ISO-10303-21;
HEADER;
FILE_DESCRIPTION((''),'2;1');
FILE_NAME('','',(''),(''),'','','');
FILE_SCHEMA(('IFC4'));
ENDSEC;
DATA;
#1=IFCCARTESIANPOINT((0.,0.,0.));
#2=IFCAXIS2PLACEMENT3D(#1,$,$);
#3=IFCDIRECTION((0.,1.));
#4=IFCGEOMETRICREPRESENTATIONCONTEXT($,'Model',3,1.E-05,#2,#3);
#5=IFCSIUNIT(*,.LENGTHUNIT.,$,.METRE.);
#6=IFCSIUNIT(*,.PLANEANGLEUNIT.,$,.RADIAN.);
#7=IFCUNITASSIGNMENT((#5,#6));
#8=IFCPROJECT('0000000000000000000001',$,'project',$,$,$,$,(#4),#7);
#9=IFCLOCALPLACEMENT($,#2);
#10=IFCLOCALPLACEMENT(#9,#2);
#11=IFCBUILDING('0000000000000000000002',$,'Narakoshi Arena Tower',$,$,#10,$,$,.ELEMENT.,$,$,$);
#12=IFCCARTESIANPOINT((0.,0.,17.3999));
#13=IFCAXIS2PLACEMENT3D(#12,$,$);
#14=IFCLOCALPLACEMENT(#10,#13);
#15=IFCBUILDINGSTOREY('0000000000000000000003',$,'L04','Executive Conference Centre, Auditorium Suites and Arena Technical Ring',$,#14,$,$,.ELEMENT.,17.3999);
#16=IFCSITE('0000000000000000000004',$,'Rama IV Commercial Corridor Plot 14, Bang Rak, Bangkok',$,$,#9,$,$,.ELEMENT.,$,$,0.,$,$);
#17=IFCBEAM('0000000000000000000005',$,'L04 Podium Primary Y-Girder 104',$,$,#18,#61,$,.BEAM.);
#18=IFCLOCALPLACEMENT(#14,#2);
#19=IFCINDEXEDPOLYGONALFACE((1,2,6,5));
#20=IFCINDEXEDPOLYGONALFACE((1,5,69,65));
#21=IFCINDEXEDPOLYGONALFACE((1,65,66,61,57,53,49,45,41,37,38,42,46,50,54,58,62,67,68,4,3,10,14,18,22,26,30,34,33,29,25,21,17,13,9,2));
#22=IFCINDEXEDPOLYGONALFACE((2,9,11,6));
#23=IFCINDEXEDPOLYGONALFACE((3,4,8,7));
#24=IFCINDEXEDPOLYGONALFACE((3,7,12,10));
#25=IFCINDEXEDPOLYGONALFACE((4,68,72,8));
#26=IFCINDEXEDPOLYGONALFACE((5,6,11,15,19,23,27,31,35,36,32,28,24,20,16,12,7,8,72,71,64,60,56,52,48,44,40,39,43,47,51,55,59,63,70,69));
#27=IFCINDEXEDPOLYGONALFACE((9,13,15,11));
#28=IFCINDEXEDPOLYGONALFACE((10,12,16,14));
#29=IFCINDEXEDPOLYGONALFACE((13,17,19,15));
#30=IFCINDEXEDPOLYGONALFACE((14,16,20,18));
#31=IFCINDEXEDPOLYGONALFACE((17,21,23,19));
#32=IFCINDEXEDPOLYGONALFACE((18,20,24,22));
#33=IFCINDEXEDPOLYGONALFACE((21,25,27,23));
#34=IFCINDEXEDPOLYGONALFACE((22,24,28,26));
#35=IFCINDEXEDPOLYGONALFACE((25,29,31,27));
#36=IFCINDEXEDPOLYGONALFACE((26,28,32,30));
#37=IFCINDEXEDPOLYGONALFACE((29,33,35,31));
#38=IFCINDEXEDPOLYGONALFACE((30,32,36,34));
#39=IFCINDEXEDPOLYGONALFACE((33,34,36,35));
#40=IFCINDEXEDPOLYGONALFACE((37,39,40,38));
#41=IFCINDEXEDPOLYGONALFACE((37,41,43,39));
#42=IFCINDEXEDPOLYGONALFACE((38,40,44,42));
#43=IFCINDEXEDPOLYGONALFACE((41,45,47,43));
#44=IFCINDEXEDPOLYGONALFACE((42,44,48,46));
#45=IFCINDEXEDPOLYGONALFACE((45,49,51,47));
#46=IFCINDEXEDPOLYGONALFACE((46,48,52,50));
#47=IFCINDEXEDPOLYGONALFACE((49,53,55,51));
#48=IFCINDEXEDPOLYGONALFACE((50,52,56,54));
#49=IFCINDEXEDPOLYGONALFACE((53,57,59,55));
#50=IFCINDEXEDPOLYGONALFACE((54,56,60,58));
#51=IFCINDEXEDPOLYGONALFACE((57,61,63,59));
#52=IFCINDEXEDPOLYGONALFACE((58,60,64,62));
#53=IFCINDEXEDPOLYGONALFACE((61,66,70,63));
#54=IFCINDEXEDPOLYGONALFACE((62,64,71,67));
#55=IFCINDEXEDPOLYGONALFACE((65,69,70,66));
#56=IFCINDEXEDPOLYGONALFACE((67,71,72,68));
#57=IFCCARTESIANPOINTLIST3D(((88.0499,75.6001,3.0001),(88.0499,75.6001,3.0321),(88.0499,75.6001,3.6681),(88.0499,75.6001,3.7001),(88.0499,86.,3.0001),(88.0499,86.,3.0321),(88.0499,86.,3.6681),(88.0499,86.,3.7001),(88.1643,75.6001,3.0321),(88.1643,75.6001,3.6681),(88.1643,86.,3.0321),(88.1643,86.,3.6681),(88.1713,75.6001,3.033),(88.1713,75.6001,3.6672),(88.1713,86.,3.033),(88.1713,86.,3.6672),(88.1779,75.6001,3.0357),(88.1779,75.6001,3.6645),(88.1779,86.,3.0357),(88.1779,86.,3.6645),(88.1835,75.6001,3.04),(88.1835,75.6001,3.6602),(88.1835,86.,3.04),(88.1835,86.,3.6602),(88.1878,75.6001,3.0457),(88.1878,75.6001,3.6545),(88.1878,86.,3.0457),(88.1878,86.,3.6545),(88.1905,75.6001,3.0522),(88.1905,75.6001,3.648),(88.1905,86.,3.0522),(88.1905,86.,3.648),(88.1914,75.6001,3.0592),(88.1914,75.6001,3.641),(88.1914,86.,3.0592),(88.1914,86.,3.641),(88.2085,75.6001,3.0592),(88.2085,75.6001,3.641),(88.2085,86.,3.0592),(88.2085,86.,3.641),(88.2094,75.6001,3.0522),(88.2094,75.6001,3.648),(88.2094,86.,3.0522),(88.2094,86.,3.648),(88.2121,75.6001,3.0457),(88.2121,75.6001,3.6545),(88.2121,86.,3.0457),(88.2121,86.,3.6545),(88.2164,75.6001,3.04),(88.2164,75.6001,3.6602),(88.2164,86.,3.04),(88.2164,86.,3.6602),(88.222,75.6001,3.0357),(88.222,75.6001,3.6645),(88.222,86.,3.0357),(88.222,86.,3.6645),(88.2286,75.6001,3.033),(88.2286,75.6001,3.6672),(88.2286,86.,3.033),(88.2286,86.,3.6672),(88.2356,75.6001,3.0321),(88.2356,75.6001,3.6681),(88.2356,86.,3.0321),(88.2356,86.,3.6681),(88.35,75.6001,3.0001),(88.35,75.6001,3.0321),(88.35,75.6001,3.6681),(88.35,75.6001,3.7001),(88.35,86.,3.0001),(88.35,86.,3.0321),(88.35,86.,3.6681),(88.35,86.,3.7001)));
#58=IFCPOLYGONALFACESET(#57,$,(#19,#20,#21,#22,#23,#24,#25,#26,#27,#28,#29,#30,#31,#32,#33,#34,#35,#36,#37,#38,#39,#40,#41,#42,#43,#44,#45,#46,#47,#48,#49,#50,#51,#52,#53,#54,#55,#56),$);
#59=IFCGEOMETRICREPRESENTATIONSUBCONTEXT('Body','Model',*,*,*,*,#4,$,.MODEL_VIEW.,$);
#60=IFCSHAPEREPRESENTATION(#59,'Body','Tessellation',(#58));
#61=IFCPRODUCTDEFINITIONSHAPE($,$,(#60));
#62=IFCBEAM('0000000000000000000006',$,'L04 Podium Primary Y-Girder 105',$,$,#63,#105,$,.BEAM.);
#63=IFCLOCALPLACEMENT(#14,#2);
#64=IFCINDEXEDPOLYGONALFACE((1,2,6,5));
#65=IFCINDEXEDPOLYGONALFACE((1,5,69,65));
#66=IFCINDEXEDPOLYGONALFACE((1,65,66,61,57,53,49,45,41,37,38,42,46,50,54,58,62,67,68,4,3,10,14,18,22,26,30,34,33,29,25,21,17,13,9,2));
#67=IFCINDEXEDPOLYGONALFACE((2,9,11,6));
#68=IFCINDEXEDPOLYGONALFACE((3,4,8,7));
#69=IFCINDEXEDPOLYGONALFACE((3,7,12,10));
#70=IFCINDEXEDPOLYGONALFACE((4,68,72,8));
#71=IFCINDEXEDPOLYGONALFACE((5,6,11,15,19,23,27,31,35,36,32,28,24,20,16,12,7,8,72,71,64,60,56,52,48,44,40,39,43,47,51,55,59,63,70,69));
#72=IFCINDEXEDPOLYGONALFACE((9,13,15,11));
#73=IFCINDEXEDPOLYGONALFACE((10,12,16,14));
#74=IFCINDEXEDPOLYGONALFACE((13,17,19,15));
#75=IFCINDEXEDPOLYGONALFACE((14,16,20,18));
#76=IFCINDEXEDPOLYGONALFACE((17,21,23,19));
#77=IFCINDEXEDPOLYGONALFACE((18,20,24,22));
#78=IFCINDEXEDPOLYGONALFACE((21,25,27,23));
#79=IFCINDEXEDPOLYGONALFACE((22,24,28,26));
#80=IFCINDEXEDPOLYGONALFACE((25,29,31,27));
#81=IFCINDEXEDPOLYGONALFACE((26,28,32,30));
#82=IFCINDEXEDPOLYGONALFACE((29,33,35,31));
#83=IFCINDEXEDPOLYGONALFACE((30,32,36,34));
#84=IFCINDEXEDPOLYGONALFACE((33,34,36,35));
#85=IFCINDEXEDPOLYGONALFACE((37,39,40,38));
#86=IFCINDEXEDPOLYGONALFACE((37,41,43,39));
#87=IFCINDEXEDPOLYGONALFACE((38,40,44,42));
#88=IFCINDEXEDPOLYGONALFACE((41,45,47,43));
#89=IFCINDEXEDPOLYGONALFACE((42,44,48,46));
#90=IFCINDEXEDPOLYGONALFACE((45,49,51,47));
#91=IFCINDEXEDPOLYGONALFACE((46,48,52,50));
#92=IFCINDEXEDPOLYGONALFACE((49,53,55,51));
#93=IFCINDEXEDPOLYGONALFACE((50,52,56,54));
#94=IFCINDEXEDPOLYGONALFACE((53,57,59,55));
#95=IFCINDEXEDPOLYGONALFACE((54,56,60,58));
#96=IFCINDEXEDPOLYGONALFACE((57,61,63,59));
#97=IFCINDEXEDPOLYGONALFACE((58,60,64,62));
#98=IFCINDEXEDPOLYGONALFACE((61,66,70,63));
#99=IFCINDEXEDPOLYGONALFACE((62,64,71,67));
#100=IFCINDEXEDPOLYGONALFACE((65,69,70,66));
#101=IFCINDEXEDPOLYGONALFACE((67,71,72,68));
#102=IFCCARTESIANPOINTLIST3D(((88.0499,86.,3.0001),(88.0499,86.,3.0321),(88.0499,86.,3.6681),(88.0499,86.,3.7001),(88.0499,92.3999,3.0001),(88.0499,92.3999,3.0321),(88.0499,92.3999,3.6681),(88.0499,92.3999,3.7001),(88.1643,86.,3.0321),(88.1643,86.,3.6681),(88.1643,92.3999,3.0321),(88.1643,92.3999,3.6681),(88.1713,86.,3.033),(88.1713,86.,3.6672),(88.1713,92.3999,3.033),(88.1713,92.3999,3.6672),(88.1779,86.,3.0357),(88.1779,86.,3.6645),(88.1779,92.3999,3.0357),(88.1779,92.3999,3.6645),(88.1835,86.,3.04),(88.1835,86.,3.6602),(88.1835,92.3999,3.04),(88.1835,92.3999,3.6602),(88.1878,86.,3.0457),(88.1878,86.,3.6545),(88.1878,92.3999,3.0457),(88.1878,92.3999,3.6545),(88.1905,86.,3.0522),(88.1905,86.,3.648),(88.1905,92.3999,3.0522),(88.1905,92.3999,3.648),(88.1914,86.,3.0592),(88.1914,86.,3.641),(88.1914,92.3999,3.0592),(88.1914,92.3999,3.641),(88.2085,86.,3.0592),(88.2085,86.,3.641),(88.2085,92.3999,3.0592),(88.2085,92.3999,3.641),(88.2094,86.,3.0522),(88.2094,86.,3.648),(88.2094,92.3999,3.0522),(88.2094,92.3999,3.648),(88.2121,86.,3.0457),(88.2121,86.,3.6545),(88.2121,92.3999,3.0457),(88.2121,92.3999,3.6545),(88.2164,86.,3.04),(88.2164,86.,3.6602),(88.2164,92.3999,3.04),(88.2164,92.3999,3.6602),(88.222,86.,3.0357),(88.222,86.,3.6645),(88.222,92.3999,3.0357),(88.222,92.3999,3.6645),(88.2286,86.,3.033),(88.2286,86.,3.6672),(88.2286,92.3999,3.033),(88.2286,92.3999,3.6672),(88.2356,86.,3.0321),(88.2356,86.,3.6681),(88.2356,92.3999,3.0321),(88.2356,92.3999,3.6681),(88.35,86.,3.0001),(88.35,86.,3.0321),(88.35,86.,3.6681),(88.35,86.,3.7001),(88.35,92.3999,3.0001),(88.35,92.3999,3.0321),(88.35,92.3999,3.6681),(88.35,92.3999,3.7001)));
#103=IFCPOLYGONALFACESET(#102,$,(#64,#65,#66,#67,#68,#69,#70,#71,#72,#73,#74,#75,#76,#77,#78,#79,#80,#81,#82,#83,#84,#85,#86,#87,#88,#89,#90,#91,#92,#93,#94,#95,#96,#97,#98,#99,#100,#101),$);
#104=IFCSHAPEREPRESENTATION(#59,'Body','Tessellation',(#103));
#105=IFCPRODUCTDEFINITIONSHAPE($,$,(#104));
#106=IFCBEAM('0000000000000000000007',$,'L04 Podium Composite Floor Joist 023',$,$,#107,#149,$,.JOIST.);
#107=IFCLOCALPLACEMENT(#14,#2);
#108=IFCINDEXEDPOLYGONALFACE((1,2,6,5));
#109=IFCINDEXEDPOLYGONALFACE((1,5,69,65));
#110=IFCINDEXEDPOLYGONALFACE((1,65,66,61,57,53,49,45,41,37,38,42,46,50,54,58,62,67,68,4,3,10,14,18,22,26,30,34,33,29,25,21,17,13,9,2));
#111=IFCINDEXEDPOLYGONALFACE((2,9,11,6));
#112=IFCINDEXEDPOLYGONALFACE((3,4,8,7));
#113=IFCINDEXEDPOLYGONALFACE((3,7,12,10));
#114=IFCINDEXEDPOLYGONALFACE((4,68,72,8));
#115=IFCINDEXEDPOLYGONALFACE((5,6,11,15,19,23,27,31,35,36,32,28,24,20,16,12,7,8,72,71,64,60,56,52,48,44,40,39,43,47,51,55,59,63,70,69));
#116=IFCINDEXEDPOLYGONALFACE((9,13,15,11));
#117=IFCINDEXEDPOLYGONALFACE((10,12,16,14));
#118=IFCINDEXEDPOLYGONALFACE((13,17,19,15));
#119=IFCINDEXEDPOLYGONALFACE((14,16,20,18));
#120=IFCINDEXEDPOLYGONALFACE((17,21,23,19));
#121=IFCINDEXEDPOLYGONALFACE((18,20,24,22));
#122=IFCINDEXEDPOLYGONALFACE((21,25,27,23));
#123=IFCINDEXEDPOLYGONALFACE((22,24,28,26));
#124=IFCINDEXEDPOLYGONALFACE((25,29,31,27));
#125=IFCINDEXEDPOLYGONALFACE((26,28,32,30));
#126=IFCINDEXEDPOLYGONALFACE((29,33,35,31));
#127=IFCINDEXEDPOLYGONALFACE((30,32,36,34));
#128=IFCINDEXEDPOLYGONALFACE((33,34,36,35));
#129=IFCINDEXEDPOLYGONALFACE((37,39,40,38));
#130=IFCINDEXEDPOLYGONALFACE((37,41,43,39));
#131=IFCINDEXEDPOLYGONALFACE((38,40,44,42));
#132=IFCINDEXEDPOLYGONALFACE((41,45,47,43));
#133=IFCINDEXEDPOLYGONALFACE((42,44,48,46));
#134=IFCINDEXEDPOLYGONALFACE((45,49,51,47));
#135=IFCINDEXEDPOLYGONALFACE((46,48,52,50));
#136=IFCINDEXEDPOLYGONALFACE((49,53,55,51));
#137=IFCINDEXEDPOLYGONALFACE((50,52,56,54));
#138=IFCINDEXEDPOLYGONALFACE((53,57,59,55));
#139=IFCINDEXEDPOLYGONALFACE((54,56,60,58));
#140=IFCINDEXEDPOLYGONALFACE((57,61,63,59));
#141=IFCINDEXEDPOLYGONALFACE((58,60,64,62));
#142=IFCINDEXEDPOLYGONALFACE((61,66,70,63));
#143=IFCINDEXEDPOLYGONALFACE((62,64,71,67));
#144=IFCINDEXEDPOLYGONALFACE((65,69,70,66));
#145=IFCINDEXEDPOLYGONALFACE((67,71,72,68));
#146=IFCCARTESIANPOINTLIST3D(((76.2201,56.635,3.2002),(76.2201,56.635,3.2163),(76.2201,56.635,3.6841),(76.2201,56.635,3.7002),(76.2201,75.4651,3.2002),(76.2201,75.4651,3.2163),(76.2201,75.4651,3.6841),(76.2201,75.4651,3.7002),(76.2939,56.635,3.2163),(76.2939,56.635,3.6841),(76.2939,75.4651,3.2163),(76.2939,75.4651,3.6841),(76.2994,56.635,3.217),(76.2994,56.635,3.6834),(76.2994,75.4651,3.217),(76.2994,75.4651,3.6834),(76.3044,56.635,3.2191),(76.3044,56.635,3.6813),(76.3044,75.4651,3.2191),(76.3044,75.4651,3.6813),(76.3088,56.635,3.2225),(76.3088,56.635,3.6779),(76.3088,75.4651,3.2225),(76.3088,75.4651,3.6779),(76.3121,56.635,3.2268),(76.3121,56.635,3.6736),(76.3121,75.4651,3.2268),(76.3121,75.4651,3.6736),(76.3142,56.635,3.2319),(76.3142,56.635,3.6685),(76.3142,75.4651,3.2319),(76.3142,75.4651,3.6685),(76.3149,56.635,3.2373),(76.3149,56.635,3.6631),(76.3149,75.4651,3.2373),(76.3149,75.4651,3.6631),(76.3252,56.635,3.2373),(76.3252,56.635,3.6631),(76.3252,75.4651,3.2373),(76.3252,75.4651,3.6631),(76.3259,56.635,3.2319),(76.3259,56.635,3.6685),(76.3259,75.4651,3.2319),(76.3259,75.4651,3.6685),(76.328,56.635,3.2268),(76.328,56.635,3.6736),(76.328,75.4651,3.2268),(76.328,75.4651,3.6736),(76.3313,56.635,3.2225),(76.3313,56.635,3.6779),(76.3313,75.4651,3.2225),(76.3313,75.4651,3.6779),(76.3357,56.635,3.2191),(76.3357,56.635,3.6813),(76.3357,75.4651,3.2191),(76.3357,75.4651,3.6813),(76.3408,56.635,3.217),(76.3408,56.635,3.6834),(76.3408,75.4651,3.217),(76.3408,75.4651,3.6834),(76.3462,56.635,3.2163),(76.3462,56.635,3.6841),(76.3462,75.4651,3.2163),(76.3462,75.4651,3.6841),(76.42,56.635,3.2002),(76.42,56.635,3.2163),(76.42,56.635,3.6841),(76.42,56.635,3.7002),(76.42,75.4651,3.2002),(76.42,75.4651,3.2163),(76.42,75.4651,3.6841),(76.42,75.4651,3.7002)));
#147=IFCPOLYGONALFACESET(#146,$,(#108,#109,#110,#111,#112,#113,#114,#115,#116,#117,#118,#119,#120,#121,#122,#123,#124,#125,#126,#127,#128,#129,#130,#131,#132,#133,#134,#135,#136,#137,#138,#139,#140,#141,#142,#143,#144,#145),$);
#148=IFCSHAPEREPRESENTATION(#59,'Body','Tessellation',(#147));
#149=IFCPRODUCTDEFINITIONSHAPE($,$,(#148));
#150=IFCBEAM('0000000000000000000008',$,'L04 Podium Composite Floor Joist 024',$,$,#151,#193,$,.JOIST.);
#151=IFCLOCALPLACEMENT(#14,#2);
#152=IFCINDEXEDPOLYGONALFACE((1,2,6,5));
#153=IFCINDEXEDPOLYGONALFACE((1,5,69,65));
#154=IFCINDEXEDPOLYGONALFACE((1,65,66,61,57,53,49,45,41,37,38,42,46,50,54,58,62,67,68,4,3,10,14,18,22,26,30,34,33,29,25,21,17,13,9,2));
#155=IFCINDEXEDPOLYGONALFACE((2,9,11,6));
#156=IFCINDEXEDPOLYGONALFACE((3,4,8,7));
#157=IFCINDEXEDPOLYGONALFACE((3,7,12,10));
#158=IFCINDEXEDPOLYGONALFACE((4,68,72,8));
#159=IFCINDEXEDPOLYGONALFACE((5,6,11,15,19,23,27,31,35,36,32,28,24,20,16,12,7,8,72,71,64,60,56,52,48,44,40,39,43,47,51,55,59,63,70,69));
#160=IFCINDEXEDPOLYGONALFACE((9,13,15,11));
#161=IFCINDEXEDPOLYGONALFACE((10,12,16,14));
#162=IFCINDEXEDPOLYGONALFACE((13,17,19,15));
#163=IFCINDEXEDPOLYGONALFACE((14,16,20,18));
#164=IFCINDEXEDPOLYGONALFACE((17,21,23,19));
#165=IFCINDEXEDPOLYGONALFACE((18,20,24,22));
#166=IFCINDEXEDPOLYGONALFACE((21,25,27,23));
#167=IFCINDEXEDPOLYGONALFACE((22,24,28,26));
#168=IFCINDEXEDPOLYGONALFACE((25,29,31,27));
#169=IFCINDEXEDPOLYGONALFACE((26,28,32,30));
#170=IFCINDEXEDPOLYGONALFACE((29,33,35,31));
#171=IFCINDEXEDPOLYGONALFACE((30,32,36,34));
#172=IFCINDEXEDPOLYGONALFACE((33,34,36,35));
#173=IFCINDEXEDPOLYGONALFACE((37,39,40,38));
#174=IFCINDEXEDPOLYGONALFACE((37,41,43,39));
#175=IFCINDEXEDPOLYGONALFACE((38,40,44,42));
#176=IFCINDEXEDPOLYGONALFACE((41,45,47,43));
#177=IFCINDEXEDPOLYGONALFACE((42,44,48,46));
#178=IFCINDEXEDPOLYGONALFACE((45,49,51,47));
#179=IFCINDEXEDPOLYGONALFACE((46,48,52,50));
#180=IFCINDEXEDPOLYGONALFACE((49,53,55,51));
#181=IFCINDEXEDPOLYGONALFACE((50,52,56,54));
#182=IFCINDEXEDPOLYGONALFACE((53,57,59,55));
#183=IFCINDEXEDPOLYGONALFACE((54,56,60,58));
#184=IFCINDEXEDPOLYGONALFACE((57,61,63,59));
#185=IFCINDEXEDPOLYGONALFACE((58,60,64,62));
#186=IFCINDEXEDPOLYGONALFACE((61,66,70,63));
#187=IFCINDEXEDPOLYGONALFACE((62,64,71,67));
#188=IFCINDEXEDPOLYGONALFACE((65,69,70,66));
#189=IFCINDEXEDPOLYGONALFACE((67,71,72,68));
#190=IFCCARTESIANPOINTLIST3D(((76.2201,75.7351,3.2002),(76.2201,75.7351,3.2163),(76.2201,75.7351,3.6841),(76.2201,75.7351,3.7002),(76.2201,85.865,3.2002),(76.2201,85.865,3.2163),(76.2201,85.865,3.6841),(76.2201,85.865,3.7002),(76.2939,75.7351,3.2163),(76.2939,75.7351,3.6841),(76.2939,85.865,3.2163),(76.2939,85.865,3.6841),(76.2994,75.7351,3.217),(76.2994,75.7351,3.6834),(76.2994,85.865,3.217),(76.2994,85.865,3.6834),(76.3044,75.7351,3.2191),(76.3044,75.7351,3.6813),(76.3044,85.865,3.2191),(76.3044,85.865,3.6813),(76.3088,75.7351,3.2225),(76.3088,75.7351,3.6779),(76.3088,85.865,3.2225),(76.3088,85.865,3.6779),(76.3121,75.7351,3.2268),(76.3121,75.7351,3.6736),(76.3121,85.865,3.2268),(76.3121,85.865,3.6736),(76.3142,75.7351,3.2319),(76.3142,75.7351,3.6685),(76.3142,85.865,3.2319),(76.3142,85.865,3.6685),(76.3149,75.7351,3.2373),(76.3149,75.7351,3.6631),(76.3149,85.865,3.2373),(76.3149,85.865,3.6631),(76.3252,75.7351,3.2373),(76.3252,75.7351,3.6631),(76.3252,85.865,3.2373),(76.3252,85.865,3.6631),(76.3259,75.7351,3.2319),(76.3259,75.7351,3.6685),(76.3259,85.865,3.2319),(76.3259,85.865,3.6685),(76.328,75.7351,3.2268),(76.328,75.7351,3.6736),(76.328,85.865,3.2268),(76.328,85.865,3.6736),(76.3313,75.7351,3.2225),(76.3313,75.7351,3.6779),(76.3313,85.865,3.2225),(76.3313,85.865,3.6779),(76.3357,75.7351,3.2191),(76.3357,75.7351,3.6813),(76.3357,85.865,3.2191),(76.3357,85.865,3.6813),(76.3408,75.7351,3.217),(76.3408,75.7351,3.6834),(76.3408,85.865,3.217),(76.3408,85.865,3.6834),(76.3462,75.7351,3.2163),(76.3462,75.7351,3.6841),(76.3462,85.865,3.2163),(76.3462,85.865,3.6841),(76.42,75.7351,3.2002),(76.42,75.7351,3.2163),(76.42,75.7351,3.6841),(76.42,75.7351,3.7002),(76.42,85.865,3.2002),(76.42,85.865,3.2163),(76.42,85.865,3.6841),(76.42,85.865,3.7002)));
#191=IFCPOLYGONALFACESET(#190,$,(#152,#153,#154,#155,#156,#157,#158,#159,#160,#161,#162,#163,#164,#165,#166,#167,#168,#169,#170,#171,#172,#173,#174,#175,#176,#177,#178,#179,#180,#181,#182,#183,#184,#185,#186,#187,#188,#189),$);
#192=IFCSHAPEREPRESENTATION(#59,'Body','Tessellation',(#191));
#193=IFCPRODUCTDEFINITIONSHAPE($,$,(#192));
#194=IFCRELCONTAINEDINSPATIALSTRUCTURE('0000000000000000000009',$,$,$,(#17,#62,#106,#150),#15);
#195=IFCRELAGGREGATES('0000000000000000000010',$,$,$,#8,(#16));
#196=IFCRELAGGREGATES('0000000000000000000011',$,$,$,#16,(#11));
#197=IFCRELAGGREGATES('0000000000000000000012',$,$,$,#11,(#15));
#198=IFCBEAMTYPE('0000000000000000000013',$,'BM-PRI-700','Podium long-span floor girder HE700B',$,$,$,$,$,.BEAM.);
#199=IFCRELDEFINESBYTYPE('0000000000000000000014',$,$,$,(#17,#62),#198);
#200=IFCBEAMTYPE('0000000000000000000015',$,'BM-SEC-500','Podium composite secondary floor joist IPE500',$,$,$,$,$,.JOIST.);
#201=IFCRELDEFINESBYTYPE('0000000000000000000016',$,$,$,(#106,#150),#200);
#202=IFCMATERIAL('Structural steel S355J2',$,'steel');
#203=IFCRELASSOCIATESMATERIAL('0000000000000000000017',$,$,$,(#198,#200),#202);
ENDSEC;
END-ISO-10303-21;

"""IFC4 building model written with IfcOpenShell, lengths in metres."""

from ifc_helpers import new_model, si_unit, direction, frame, origin, origin_2d, place, context, subcontext, project, spatial, i_section, extrude, material, material_profile, profile_set, type_object, element, save


model = new_model("IFC4")

# Units and contexts
model_context = context("Model", 3, precision=1e-05, world=origin(), true_north=direction((0.0, 1.0)))
body_context = subcontext(model_context, "Body", "Model", "MODEL_VIEW")
ifc_project = project(units=[si_unit("LENGTHUNIT", "METRE"), si_unit("PLANEANGLEUNIT", "RADIAN")], contexts=[model_context])

# Site, building, storey
site_placement = place(None, origin())
site = spatial("IfcSite", under=ifc_project, at=site_placement, Name="Rama IV Commercial Corridor Plot 14, Bang Rak, Bangkok", CompositionType="ELEMENT", RefElevation=0.0)
building_placement = place(site_placement, origin())
building = spatial("IfcBuilding", under=site, at=building_placement, Name="Narakoshi Arena Tower", CompositionType="ELEMENT")
storey_placement = place(building_placement, frame((0.0, 0.0, 17.3999)))
storey = spatial("IfcBuildingStorey", under=building, at=storey_placement, Name="L04", Description="Executive Conference Centre, Auditorium Suites and Arena Technical Ring", CompositionType="ELEMENT", Elevation=17.3999)

# Beams
ifc_material_1 = material(Name="Structural steel S355J2", Category="steel")
ifc_material_profile_1 = material_profile(ifc_material_1, i_section(OverallWidth=0.3, OverallDepth=0.7, WebThickness=0.0171, FlangeThickness=0.032, FilletRadius=0.0271, at=origin_2d()), Name="HE700B")
ifc_profile_set_1 = profile_set([ifc_material_profile_1], Name="Structural steel S355J2")
beam_type_1 = type_object("IfcBeamType", Name="BM-PRI-700", Description="Podium long-span floor girder HE700B", PredefinedType="BEAM", material=ifc_profile_set_1)
beam_1_placement = place(storey_placement, frame((88.2, 75.6001, 3.3501), z_axis=(0.0, 1.0, 0.0), x_axis=(-1.0, 0.0, 0.0)))
element("IfcBeam", 1, at=beam_1_placement, inside=storey, type_object=beam_type_1, Name="L04 Podium Primary Y-Girder 104", PredefinedType="BEAM", context=body_context, shape_type="SweptSolid", body=[
    extrude(i_section(OverallWidth=0.3, OverallDepth=0.7, WebThickness=0.0171, FlangeThickness=0.032, FilletRadius=0.0271, at=origin_2d()), origin(), (0.0, 0.0, 1.0), 10.3999),
])
beam_2_placement = place(storey_placement, frame((88.2, 86.0, 3.3501), z_axis=(0.0, 1.0, 0.0), x_axis=(-1.0, 0.0, 0.0)))
element("IfcBeam", 2, at=beam_2_placement, inside=storey, type_object=beam_type_1, Name="L04 Podium Primary Y-Girder 105", PredefinedType="BEAM", context=body_context, shape_type="SweptSolid", body=[
    extrude(i_section(OverallWidth=0.3, OverallDepth=0.7, WebThickness=0.0171, FlangeThickness=0.032, FilletRadius=0.0271, at=origin_2d()), origin(), (0.0, 0.0, 1.0), 6.3999),
])
ifc_material_profile_2 = material_profile(ifc_material_1, i_section(OverallWidth=0.2, OverallDepth=0.5, WebThickness=0.0103, FlangeThickness=0.0161, FilletRadius=0.021, at=origin_2d()), Name="IPE500")
ifc_profile_set_2 = profile_set([ifc_material_profile_2], Name="Structural steel S355J2")
beam_type_2 = type_object("IfcBeamType", Name="BM-SEC-500", Description="Podium composite secondary floor joist IPE500", PredefinedType="JOIST", material=ifc_profile_set_2)
beam_3_placement = place(storey_placement, frame((76.3201, 56.635, 3.4502), z_axis=(0.0, 1.0, 0.0), x_axis=(-1.0, 0.0, 0.0)))
element("IfcBeam", 3, at=beam_3_placement, inside=storey, type_object=beam_type_2, Name="L04 Podium Composite Floor Joist 023", PredefinedType="JOIST", context=body_context, shape_type="SweptSolid", body=[
    extrude(i_section(OverallWidth=0.2, OverallDepth=0.5, WebThickness=0.0103, FlangeThickness=0.0161, FilletRadius=0.021, at=origin_2d()), origin(), (0.0, 0.0, 1.0), 18.8301),
])
beam_4_placement = place(storey_placement, frame((76.3201, 75.7351, 3.4502), z_axis=(0.0, 1.0, 0.0), x_axis=(-1.0, 0.0, 0.0)))
element("IfcBeam", 4, at=beam_4_placement, inside=storey, type_object=beam_type_2, Name="L04 Podium Composite Floor Joist 024", PredefinedType="JOIST", context=body_context, shape_type="SweptSolid", body=[
    extrude(i_section(OverallWidth=0.2, OverallDepth=0.5, WebThickness=0.0103, FlangeThickness=0.0161, FilletRadius=0.021, at=origin_2d()), origin(), (0.0, 0.0, 1.0), 10.1299),
])

save(model, "model.ifc")
